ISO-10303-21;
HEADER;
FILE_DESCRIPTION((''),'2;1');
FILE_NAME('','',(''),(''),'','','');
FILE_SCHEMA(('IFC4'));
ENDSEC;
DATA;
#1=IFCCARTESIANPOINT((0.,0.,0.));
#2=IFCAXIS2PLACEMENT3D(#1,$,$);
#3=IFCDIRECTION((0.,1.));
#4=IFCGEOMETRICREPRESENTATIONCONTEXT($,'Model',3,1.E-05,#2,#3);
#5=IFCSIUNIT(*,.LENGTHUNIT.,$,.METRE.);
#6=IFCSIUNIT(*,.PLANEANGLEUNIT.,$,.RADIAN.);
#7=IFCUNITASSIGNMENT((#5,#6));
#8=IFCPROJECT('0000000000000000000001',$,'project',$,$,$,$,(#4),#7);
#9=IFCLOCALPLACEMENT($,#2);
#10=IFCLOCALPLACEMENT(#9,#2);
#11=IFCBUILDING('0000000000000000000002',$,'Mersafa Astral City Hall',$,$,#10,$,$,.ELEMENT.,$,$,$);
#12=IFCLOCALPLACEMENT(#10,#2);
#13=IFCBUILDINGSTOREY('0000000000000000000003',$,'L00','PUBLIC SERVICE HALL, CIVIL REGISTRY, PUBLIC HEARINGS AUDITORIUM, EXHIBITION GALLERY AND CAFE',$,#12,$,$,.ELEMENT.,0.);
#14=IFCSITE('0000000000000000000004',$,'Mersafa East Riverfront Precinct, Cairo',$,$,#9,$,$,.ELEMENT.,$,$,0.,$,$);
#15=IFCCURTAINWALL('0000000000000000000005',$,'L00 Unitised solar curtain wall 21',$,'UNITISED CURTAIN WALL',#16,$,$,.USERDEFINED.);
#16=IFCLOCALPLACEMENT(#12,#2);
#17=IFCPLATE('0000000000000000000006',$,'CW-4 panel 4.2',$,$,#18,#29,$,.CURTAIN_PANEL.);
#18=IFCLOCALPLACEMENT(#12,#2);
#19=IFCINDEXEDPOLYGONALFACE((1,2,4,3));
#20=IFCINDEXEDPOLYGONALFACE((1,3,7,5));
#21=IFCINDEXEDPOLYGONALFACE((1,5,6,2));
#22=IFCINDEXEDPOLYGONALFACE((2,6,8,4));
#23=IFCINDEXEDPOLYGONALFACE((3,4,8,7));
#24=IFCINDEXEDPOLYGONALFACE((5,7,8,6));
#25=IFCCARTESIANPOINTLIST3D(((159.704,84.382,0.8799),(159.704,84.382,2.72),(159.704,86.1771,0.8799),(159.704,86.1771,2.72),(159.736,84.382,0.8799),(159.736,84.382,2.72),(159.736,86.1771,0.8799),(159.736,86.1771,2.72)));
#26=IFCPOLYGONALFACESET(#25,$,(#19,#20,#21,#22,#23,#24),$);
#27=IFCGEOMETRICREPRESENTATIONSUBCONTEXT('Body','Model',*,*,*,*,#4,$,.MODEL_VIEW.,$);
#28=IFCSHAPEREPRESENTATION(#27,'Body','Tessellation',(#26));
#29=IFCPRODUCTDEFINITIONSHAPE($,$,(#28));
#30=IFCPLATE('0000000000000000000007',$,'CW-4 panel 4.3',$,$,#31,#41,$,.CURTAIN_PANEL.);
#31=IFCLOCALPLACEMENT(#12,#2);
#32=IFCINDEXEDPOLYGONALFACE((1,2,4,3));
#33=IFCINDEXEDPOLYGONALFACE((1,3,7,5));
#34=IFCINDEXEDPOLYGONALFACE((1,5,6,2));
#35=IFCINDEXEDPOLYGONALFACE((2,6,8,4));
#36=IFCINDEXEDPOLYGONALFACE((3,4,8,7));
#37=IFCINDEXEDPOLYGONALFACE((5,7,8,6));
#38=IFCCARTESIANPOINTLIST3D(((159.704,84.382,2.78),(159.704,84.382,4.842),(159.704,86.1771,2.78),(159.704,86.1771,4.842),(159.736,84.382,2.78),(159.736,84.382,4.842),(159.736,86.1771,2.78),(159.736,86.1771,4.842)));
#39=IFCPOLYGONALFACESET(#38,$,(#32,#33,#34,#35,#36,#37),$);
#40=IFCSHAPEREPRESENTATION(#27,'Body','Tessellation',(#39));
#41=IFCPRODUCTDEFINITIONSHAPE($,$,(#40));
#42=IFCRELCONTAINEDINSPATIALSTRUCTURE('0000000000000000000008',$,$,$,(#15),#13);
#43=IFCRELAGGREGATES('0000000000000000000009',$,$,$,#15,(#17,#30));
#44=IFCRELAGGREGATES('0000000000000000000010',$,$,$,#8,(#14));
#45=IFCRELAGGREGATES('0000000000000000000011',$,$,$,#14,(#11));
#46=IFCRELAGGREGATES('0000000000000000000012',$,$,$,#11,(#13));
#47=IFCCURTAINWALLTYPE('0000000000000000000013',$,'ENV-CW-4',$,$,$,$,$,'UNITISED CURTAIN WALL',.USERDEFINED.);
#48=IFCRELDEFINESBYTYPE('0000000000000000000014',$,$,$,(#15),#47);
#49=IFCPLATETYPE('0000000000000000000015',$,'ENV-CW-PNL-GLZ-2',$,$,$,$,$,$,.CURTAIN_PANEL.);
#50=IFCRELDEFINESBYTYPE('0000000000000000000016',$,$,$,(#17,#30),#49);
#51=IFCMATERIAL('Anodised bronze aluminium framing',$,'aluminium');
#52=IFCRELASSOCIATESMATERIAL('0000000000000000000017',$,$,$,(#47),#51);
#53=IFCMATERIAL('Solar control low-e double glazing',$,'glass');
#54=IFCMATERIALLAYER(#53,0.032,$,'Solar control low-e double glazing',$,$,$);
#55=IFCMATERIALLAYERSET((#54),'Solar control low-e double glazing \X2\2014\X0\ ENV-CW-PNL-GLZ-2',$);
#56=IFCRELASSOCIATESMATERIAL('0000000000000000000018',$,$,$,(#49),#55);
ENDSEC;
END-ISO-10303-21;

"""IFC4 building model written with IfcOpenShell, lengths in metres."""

from ifc_helpers import new_model, si_unit, direction, frame, origin, origin_2d, place, context, subcontext, project, spatial, rectangle, extrude, material, layer, layer_set, type_object, element, aggregate, save


model = new_model("IFC4")

# Units and contexts
model_context = context("Model", 3, precision=1e-05, world=origin(), true_north=direction((0.0, 1.0)))
body_context = subcontext(model_context, "Body", "Model", "MODEL_VIEW")
ifc_project = project(units=[si_unit("LENGTHUNIT", "METRE"), si_unit("PLANEANGLEUNIT", "RADIAN")], contexts=[model_context])

# Site, building, storey
site_placement = place(None, origin())
site = spatial("IfcSite", under=ifc_project, at=site_placement, Name="Mersafa East Riverfront Precinct, Cairo", CompositionType="ELEMENT", RefElevation=0.0)
building_placement = place(site_placement, origin())
building = spatial("IfcBuilding", under=site, at=building_placement, Name="Mersafa Astral City Hall", CompositionType="ELEMENT")
storey_placement = place(building_placement, origin())
storey = spatial("IfcBuildingStorey", under=building, at=storey_placement, Name="L00", Description="PUBLIC SERVICE HALL, CIVIL REGISTRY, PUBLIC HEARINGS AUDITORIUM, EXHIBITION GALLERY AND CAFE", CompositionType="ELEMENT", Elevation=0.0)

# Curtain wall
ifc_material_1 = material(Name="Anodised bronze aluminium framing", Category="aluminium")
curtain_wall_type = type_object("IfcCurtainWallType", Name="ENV-CW-4", ElementType="UNITISED CURTAIN WALL", PredefinedType="USERDEFINED", material=ifc_material_1)
curtain_wall_placement = place(storey_placement, origin())
curtain_wall = element("IfcCurtainWall", 1, at=curtain_wall_placement, inside=storey, type_object=curtain_wall_type, Name="L00 Unitised solar curtain wall 21", ObjectType="UNITISED CURTAIN WALL", PredefinedType="USERDEFINED")

# Plates
ifc_material_2 = material(Name="Solar control low-e double glazing", Category="glass")
ifc_layer = layer(ifc_material_2, 0.032, Name="Solar control low-e double glazing")
ifc_layer_set = layer_set([ifc_layer], Name="Solar control low-e double glazing — ENV-CW-PNL-GLZ-2")
plate_type = type_object("IfcPlateType", Name="ENV-CW-PNL-GLZ-2", PredefinedType="CURTAIN_PANEL", material=ifc_layer_set)
plate_1_placement = place(storey_placement, frame((159.72, 85.2795, 0.8799), z_axis=(0.0, 0.0, 1.0), x_axis=(0.0, -1.0, 0.0)))
plate_1 = element("IfcPlate", 2, at=plate_1_placement, type_object=plate_type, Name="CW-4 panel 4.2", PredefinedType="CURTAIN_PANEL", context=body_context, shape_type="SweptSolid", body=[
    extrude(rectangle(XDim=1.7952, YDim=0.032, at=origin_2d()), origin(), (0.0, 0.0, 1.0), 1.8401),
])
plate_2_placement = place(storey_placement, frame((159.72, 85.2795, 2.78), z_axis=(0.0, 0.0, 1.0), x_axis=(0.0, -1.0, 0.0)))
plate_2 = element("IfcPlate", 3, at=plate_2_placement, type_object=plate_type, Name="CW-4 panel 4.3", PredefinedType="CURTAIN_PANEL", context=body_context, shape_type="SweptSolid", body=[
    extrude(rectangle(XDim=1.7952, YDim=0.032, at=origin_2d()), origin(), (0.0, 0.0, 1.0), 2.062),
])
aggregate(curtain_wall, [plate_1, plate_2])

save(model, "model.ifc")
